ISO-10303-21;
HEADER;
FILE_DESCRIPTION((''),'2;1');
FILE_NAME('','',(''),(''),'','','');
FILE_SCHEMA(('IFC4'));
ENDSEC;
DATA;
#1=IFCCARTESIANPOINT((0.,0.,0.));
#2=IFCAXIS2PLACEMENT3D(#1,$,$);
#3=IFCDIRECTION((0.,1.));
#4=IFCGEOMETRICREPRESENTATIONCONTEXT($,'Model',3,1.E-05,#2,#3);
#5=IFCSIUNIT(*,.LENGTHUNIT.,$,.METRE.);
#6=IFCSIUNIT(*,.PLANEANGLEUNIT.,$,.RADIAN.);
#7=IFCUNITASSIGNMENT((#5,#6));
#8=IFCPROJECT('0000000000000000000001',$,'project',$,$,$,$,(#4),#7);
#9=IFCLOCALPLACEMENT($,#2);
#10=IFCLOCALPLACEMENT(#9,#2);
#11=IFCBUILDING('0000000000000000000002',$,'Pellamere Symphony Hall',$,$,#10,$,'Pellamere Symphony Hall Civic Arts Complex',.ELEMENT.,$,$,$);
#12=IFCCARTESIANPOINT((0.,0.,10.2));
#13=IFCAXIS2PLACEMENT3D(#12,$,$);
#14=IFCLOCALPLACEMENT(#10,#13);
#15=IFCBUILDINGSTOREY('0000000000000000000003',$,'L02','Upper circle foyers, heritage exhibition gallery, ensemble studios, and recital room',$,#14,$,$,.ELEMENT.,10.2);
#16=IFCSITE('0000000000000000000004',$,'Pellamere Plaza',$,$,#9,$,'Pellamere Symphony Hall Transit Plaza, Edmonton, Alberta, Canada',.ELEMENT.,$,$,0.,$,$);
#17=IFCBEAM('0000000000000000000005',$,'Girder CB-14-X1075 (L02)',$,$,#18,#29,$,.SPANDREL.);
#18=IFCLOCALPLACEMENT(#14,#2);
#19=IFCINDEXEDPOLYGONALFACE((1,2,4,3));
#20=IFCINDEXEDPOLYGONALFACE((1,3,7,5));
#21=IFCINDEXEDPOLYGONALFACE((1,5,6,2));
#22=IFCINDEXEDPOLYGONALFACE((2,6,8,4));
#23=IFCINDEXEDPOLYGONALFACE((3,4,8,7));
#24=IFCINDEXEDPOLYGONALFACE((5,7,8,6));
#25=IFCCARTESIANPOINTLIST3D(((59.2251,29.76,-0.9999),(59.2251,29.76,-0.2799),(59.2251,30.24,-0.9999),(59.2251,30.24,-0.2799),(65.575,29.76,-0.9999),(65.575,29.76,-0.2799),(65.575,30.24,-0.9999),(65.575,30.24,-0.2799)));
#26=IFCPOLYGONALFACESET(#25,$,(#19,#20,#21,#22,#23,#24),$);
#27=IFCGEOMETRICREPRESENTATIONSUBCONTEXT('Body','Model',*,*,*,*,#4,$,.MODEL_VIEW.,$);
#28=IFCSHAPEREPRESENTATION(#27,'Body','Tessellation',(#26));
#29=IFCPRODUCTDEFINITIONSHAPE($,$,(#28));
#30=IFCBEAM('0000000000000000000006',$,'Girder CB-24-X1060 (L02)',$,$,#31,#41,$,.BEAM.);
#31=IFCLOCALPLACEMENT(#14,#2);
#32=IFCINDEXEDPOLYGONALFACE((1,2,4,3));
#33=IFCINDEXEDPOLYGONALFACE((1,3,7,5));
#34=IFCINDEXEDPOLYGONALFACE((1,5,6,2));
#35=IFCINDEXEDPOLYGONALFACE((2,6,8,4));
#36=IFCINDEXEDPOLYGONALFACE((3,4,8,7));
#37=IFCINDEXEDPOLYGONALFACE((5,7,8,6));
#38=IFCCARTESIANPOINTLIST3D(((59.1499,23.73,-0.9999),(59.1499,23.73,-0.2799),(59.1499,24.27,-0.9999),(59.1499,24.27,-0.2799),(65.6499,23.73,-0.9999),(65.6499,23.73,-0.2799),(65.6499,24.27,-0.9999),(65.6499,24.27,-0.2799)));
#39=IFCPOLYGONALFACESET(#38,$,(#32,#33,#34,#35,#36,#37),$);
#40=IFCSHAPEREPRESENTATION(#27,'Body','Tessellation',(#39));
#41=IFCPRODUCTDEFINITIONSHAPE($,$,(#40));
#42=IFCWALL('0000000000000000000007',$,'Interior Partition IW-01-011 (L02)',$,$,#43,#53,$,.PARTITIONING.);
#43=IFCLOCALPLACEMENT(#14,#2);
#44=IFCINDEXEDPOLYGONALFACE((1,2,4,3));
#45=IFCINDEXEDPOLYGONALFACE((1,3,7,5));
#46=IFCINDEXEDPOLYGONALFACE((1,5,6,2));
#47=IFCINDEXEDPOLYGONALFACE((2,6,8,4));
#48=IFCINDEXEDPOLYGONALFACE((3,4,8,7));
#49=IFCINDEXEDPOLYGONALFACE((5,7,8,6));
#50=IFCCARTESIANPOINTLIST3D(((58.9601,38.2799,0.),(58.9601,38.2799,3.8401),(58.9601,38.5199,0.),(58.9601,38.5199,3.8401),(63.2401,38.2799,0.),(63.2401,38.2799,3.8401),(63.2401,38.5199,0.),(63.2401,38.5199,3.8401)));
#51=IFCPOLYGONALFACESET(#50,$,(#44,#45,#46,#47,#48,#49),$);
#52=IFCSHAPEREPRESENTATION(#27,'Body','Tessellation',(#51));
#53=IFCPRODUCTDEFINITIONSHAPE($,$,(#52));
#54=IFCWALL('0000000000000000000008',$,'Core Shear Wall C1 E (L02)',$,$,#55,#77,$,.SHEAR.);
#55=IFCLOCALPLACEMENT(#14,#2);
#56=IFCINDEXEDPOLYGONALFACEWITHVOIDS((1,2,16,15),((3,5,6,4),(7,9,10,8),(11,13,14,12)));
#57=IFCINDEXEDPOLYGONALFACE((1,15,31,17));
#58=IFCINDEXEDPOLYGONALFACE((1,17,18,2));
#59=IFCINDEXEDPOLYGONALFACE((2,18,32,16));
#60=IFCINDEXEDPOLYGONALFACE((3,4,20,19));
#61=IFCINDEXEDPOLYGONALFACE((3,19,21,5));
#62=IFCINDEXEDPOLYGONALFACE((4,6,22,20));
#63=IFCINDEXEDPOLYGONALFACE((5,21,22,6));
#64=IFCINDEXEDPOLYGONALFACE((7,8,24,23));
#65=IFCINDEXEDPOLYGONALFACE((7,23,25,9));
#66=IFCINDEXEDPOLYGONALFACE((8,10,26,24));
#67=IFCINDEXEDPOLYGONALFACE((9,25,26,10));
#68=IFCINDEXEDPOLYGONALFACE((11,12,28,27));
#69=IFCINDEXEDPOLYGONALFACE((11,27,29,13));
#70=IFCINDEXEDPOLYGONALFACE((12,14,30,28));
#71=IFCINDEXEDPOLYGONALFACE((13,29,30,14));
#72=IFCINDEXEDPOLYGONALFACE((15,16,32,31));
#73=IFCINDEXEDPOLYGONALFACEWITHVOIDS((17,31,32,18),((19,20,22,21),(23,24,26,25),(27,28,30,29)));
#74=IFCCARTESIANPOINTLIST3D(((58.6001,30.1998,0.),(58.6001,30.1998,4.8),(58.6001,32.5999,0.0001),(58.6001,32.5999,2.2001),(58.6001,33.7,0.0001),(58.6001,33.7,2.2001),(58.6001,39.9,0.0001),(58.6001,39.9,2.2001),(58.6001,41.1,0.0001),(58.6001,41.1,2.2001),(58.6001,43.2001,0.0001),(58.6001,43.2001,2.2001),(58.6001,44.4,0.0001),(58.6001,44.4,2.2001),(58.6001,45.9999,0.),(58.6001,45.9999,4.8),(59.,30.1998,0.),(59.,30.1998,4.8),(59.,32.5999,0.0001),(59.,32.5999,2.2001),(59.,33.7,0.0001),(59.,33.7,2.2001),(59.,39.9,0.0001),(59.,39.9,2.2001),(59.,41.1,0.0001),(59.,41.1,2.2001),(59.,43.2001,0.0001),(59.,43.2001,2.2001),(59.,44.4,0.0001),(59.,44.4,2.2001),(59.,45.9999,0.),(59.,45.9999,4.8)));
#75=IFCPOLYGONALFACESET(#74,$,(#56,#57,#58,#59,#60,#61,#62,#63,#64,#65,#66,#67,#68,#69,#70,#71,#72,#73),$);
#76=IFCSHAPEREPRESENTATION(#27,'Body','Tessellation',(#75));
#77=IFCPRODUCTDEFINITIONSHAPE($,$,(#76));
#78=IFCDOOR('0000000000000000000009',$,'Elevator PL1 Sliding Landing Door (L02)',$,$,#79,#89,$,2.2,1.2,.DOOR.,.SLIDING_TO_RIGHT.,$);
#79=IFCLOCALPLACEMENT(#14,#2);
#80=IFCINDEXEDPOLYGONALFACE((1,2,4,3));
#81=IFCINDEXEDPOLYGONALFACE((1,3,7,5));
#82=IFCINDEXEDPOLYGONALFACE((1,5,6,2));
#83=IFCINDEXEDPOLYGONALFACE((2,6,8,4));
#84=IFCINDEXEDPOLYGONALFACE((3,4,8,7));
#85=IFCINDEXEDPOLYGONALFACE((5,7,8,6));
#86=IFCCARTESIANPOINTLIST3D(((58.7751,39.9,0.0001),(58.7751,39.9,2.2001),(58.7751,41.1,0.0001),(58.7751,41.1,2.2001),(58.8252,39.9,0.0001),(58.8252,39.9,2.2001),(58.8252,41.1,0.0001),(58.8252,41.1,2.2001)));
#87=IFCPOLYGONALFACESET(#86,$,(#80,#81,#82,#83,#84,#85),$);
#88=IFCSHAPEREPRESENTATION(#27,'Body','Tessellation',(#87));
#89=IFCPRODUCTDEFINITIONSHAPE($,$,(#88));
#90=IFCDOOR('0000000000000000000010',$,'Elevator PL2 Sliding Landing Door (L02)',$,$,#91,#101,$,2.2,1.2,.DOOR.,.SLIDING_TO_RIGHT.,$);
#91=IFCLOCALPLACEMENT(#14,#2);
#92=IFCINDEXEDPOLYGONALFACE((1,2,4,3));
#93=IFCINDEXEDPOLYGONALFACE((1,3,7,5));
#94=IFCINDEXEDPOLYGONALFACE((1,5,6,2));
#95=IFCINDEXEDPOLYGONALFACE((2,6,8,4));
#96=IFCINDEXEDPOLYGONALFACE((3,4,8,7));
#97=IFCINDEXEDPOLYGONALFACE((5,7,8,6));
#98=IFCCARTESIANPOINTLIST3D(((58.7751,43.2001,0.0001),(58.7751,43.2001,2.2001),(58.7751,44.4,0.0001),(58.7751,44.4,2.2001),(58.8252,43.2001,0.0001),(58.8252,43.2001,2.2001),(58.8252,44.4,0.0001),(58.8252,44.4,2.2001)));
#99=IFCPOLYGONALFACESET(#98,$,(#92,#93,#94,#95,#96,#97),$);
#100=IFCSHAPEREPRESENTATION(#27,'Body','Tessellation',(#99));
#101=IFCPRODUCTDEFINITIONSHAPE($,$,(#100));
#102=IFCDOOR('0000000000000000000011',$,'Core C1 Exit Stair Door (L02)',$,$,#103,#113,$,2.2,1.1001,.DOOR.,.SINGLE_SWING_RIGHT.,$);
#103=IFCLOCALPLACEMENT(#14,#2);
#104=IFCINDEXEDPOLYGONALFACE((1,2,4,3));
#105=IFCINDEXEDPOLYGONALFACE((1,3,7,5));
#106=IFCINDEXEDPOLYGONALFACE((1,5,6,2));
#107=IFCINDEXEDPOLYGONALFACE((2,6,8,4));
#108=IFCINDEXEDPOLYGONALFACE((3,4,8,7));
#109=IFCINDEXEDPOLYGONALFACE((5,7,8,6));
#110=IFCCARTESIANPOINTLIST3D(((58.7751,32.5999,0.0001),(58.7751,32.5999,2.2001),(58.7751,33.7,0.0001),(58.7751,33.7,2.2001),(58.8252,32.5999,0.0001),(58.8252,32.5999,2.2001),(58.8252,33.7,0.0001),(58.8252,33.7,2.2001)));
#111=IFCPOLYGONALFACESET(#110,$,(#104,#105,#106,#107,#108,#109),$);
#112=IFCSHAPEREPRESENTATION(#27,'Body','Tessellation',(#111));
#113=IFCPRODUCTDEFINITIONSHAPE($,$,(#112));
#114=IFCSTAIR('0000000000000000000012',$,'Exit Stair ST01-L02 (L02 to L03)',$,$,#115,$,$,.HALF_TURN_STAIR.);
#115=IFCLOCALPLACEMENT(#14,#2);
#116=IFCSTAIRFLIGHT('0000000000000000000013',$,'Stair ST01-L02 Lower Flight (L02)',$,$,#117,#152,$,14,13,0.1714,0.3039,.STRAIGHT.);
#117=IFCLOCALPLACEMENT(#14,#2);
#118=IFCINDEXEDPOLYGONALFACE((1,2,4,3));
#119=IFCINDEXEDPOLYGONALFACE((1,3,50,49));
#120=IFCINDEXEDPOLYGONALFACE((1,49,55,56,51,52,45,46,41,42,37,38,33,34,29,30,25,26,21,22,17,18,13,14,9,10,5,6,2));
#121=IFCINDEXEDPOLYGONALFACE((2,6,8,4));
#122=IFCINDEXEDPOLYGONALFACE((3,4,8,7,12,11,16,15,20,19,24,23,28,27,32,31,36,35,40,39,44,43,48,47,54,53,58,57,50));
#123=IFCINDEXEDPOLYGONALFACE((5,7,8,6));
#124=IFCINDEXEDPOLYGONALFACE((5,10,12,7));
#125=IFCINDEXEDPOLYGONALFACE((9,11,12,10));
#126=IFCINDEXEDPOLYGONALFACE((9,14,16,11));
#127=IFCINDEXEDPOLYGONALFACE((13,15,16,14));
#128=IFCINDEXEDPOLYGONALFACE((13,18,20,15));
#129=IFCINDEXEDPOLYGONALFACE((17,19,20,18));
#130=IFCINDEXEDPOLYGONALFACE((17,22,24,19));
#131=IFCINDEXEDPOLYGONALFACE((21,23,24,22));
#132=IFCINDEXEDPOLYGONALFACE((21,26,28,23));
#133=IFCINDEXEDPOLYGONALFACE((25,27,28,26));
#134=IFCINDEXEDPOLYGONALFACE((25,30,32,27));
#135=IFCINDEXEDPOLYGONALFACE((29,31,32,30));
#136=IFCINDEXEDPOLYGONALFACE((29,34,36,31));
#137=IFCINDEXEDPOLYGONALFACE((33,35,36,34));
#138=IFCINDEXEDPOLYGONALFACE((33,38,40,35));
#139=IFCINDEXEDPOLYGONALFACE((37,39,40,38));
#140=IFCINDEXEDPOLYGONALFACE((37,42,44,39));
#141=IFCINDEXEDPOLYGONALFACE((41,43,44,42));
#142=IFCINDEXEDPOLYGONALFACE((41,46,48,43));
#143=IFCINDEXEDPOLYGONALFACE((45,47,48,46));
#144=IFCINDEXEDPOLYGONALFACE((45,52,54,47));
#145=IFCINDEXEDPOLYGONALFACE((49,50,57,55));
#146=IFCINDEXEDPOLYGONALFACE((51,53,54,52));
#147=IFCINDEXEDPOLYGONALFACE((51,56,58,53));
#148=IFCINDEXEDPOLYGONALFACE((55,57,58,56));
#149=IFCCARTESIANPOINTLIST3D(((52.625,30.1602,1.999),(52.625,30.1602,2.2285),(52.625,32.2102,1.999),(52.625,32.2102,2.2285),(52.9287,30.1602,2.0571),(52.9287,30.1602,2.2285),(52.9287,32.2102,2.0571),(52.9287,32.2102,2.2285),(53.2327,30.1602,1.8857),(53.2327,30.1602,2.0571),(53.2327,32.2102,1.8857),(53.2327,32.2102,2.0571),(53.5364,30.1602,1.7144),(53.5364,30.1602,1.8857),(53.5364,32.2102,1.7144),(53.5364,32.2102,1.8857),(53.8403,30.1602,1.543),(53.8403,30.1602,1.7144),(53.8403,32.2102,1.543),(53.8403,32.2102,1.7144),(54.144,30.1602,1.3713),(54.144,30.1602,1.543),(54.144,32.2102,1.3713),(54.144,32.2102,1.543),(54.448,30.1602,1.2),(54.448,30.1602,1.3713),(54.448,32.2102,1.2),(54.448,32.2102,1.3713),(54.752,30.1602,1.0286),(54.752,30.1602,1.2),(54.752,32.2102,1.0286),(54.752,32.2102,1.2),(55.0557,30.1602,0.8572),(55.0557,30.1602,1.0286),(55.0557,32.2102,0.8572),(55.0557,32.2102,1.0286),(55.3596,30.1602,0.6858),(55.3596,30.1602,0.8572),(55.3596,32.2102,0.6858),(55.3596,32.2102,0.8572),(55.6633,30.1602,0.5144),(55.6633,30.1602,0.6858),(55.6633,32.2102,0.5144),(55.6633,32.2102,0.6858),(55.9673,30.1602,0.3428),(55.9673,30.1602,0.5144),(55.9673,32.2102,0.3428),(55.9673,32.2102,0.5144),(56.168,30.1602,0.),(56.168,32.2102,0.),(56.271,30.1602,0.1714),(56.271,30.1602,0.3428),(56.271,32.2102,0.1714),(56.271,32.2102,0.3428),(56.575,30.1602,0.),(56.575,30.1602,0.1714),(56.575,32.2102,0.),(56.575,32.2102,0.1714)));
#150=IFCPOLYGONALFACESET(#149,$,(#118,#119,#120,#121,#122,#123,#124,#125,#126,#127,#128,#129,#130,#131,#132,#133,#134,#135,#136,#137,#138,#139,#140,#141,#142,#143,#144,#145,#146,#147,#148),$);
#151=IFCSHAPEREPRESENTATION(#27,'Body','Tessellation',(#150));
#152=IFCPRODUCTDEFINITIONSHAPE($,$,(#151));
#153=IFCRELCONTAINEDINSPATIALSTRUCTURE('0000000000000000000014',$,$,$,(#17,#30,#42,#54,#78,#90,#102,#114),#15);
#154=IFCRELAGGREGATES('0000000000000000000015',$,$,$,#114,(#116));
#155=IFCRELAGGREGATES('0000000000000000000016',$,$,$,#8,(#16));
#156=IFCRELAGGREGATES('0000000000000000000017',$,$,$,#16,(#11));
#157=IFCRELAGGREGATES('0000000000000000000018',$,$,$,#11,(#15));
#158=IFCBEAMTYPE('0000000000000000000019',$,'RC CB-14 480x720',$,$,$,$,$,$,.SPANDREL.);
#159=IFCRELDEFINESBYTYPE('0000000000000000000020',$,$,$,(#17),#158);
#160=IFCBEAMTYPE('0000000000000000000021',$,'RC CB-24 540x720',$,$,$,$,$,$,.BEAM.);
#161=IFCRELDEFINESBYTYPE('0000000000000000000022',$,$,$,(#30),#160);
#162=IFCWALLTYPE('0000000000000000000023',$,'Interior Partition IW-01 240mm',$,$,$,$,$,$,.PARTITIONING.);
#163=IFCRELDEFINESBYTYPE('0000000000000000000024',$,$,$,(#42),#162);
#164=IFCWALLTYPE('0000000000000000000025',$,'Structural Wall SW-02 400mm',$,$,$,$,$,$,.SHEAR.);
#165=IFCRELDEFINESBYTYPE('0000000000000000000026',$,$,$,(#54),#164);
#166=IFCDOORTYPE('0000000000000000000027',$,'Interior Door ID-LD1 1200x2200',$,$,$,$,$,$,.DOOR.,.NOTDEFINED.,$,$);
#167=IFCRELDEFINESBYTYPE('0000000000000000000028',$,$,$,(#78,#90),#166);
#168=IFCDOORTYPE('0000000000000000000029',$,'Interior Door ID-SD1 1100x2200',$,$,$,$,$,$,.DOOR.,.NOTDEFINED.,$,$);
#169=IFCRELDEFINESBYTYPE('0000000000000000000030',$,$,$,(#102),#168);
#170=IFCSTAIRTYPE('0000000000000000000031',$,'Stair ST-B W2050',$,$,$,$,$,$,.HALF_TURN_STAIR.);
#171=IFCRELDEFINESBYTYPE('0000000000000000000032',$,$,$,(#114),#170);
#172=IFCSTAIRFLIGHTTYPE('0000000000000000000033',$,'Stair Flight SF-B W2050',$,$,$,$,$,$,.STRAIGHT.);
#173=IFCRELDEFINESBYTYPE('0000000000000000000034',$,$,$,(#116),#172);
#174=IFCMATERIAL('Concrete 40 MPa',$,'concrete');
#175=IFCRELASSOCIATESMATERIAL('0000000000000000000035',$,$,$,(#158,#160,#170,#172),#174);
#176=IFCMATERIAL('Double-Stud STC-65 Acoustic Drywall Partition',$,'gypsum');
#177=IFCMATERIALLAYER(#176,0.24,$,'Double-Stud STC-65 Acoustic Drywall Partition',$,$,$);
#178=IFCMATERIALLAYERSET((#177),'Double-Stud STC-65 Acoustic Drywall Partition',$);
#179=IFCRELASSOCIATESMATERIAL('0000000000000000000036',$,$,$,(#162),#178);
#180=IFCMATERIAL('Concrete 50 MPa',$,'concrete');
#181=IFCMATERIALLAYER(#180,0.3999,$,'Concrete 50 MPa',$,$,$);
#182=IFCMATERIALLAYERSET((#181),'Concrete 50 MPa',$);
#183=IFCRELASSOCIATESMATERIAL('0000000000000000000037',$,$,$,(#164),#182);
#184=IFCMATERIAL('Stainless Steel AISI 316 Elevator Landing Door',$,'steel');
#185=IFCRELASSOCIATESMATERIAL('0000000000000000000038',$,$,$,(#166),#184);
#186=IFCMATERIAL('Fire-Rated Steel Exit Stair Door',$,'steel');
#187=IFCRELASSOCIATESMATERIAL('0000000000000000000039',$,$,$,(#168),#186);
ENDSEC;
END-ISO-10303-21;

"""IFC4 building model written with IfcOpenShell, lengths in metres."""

from ifc_helpers import new_model, si_unit, direction, frame, frame_2d, origin, origin_2d, place, context, subcontext, project, spatial, polyline, rectangle, outline, extrude, material, layer, layer_set, material_profile, profile_set, type_object, element, fill, aggregate, save


model = new_model("IFC4")

# Units and contexts
model_context = context("Model", 3, precision=1e-05, world=origin(), true_north=direction((0.0, 1.0)))
body_context = subcontext(model_context, "Body", "Model", "MODEL_VIEW")
ifc_project = project(units=[si_unit("LENGTHUNIT", "METRE"), si_unit("PLANEANGLEUNIT", "RADIAN")], contexts=[model_context])

# Site, building, storey
site_placement = place(None, origin())
site = spatial("IfcSite", under=ifc_project, at=site_placement, Name="Pellamere Plaza", LongName="Pellamere Symphony Hall Transit Plaza, Edmonton, Alberta, Canada", CompositionType="ELEMENT", RefElevation=0.0)
building_placement = place(site_placement, origin())
building = spatial("IfcBuilding", under=site, at=building_placement, Name="Pellamere Symphony Hall", LongName="Pellamere Symphony Hall Civic Arts Complex", CompositionType="ELEMENT")
storey_placement = place(building_placement, frame((0.0, 0.0, 10.2)))
storey = spatial("IfcBuildingStorey", under=building, at=storey_placement, Name="L02", Description="Upper circle foyers, heritage exhibition gallery, ensemble studios, and recital room", CompositionType="ELEMENT", Elevation=10.2)

# Shared definitions
ifc_material_1 = material(Name="Concrete 40 MPa", Category="concrete")

# Beams
ifc_material_profile_1 = material_profile(ifc_material_1, rectangle(XDim=0.48, YDim=0.72, at=origin_2d()), Name="RC 480x720")
ifc_profile_set_1 = profile_set([ifc_material_profile_1], Name="Concrete 40 MPa")
beam_type_1 = type_object("IfcBeamType", Name="RC CB-14 480x720", PredefinedType="SPANDREL", material=ifc_profile_set_1)
beam_1_placement = place(storey_placement, frame((59.2251, 30.0, -0.6399), z_axis=(1.0, 0.0, 0.0), x_axis=(0.0, 1.0, 0.0)))
element("IfcBeam", 1, at=beam_1_placement, inside=storey, type_object=beam_type_1, Name="Girder CB-14-X1075 (L02)", PredefinedType="SPANDREL", context=body_context, shape_type="SweptSolid", body=[
    extrude(rectangle(XDim=0.48, YDim=0.72, at=origin_2d()), origin(), (0.0, 0.0, 1.0), 6.3499),
])
ifc_material_profile_2 = material_profile(ifc_material_1, rectangle(XDim=0.54, YDim=0.72, at=origin_2d()), Name="RC 540x720")
ifc_profile_set_2 = profile_set([ifc_material_profile_2], Name="Concrete 40 MPa")
beam_type_2 = type_object("IfcBeamType", Name="RC CB-24 540x720", PredefinedType="BEAM", material=ifc_profile_set_2)
beam_2_placement = place(storey_placement, frame((59.1499, 24.0, -0.6399), z_axis=(1.0, 0.0, 0.0), x_axis=(0.0, 1.0, 0.0)))
element("IfcBeam", 2, at=beam_2_placement, inside=storey, type_object=beam_type_2, Name="Girder CB-24-X1060 (L02)", PredefinedType="BEAM", context=body_context, shape_type="SweptSolid", body=[
    extrude(rectangle(XDim=0.54, YDim=0.72, at=origin_2d()), origin(), (0.0, 0.0, 1.0), 6.5),
])

# Wall
ifc_material_2 = material(Name="Double-Stud STC-65 Acoustic Drywall Partition", Category="gypsum")
ifc_layer_1 = layer(ifc_material_2, 0.24, Name="Double-Stud STC-65 Acoustic Drywall Partition")
ifc_layer_set_1 = layer_set([ifc_layer_1], Name="Double-Stud STC-65 Acoustic Drywall Partition")
wall_type_1 = type_object("IfcWallType", Name="Interior Partition IW-01 240mm", PredefinedType="PARTITIONING", material=ifc_layer_set_1)
wall_1_placement = place(storey_placement, frame((58.96, 38.3999, 0.0), z_axis=(0.0, 0.0, 1.0), x_axis=(1.0, 0.0, 0.0)))
element("IfcWall", 3, at=wall_1_placement, inside=storey, type_object=wall_type_1, Name="Interior Partition IW-01-011 (L02)", PredefinedType="PARTITIONING", context=body_context, shape_type="SweptSolid", body=[
    extrude(rectangle(XDim=4.28, YDim=0.24, at=frame_2d((2.1401, 0.0))), origin(), (0.0, 0.0, 1.0), 3.8401),
])

# Wall, openings, doors
ifc_material_3 = material(Name="Concrete 50 MPa", Category="concrete")
ifc_layer_2 = layer(ifc_material_3, 0.3999, Name="Concrete 50 MPa")
ifc_layer_set_2 = layer_set([ifc_layer_2], Name="Concrete 50 MPa")
wall_type_2 = type_object("IfcWallType", Name="Structural Wall SW-02 400mm", PredefinedType="SHEAR", material=ifc_layer_set_2)
wall_2_placement = place(storey_placement, frame((58.8, 30.2, 0.0), z_axis=(0.0, 0.0, 1.0), x_axis=(0.0, 1.0, 0.0)))
wall_2 = element("IfcWall", 4, at=wall_2_placement, inside=storey, type_object=wall_type_2, Name="Core Shear Wall C1 E (L02)", PredefinedType="SHEAR", context=body_context, shape_type="SweptSolid", body=[
    extrude(rectangle(XDim=15.8, YDim=0.3999, at=frame_2d((7.8999, 0.0))), origin(), (0.0, 0.0, 1.0), 4.8),
])
opening_1_placement = place(wall_2_placement, frame((9.7, 0.0, 0.0)))
opening_1 = element("IfcOpeningElement", 5, at=opening_1_placement, cuts=wall_2, PredefinedType="OPENING", context=body_context, shape_type="SweptSolid", body=[
    extrude(rectangle(XDim=1.2, YDim=2.2, at=frame_2d((0.6001, 1.1001))), frame((0.0, 0.21, 0.0), z_axis=(0.0, -1.0, 0.0), x_axis=(1.0, 0.0, 0.0)), (0.0, 0.0, 1.0), 0.4199),
])
opening_2_placement = place(wall_2_placement, frame((13.0, 0.0, 0.0)))
opening_2 = element("IfcOpeningElement", 6, at=opening_2_placement, cuts=wall_2, PredefinedType="OPENING", context=body_context, shape_type="SweptSolid", body=[
    extrude(rectangle(XDim=1.2, YDim=2.2, at=frame_2d((0.6001, 1.1001))), frame((0.0, 0.21, 0.0), z_axis=(0.0, -1.0, 0.0), x_axis=(1.0, 0.0, 0.0)), (0.0, 0.0, 1.0), 0.4199),
])
opening_3_placement = place(wall_2_placement, frame((2.3999, 0.0, 0.0)))
opening_3 = element("IfcOpeningElement", 7, at=opening_3_placement, cuts=wall_2, PredefinedType="OPENING", context=body_context, shape_type="SweptSolid", body=[
    extrude(rectangle(XDim=1.1001, YDim=2.2, at=frame_2d((0.55, 1.1001))), frame((0.0, 0.21, 0.0), z_axis=(0.0, -1.0, 0.0), x_axis=(1.0, 0.0, 0.0)), (0.0, 0.0, 1.0), 0.4199),
])
ifc_material_4 = material(Name="Stainless Steel AISI 316 Elevator Landing Door", Category="steel")
door_type_1 = type_object("IfcDoorType", Name="Interior Door ID-LD1 1200x2200", OperationType="NOTDEFINED", PredefinedType="DOOR", material=ifc_material_4)
door_1_placement = place(opening_1_placement, origin())
door_1 = element("IfcDoor", 8, at=door_1_placement, inside=storey, type_object=door_type_1, Name="Elevator PL1 Sliding Landing Door (L02)", OperationType="SLIDING_TO_RIGHT", OverallHeight=2.2, OverallWidth=1.2, PredefinedType="DOOR", context=body_context, shape_type="SweptSolid", body=[
    extrude(rectangle(XDim=1.2, YDim=2.2, at=frame_2d((0.6001, 1.1001))), frame((0.0, 0.0249, 0.0), z_axis=(0.0, -1.0, 0.0), x_axis=(1.0, 0.0, 0.0)), (0.0, 0.0, 1.0), 0.05),
])
fill(opening_1, door_1)
door_2_placement = place(opening_2_placement, origin())
door_2 = element("IfcDoor", 9, at=door_2_placement, inside=storey, type_object=door_type_1, Name="Elevator PL2 Sliding Landing Door (L02)", OperationType="SLIDING_TO_RIGHT", OverallHeight=2.2, OverallWidth=1.2, PredefinedType="DOOR", context=body_context, shape_type="SweptSolid", body=[
    extrude(rectangle(XDim=1.2, YDim=2.2, at=frame_2d((0.6001, 1.1001))), frame((0.0, 0.0249, 0.0), z_axis=(0.0, -1.0, 0.0), x_axis=(1.0, 0.0, 0.0)), (0.0, 0.0, 1.0), 0.05),
])
fill(opening_2, door_2)
ifc_material_5 = material(Name="Fire-Rated Steel Exit Stair Door", Category="steel")
door_type_2 = type_object("IfcDoorType", Name="Interior Door ID-SD1 1100x2200", OperationType="NOTDEFINED", PredefinedType="DOOR", material=ifc_material_5)
door_3_placement = place(opening_3_placement, origin())
door_3 = element("IfcDoor", 10, at=door_3_placement, inside=storey, type_object=door_type_2, Name="Core C1 Exit Stair Door (L02)", OperationType="SINGLE_SWING_RIGHT", OverallHeight=2.2, OverallWidth=1.1001, PredefinedType="DOOR", context=body_context, shape_type="SweptSolid", body=[
    extrude(rectangle(XDim=1.1001, YDim=2.2, at=frame_2d((0.55, 1.1001))), frame((0.0, 0.0249, 0.0), z_axis=(0.0, -1.0, 0.0), x_axis=(1.0, 0.0, 0.0)), (0.0, 0.0, 1.0), 0.05),
])
fill(opening_3, door_3)

# Stair, stair flight
stair_type = type_object("IfcStairType", Name="Stair ST-B W2050", PredefinedType="HALF_TURN_STAIR", material=ifc_material_1)
stair_placement = place(storey_placement, origin())
stair = element("IfcStair", 11, at=stair_placement, inside=storey, type_object=stair_type, Name="Exit Stair ST01-L02 (L02 to L03)", PredefinedType="HALF_TURN_STAIR")
stair_flight_type = type_object("IfcStairFlightType", Name="Stair Flight SF-B W2050", PredefinedType="STRAIGHT", material=ifc_material_1)
stair_flight_placement = place(storey_placement, frame((56.575, 31.1851, 0.0), z_axis=(0.0, 0.0, 1.0), x_axis=(-1.0, 0.0, 0.0)))
stair_flight = element("IfcStairFlight", 12, at=stair_flight_placement, type_object=stair_flight_type, Name="Stair ST01-L02 Lower Flight (L02)", NumberOfRisers=14, NumberOfTreads=13, PredefinedType="STRAIGHT", RiserHeight=0.1714, TreadLength=0.3039, context=body_context, shape_type="SweptSolid", body=[
    extrude(outline(polyline([(0.0, 0.0), (0.0, 0.1714), (0.304, 0.1714), (0.304, 0.3428), (0.6077, 0.3428), (0.6077, 0.5144), (0.9116, 0.5144), (0.9116, 0.6858), (1.2153, 0.6858), (1.2153, 0.8572), (1.5193, 0.8572), (1.5193, 1.0286), (1.823, 1.0286), (1.823, 1.2), (2.127, 1.2), (2.127, 1.3713), (2.4309, 1.3713), (2.4309, 1.543), (2.7346, 1.543), (2.7346, 1.7144), (3.0386, 1.7144), (3.0386, 1.8857), (3.3423, 1.8857), (3.3423, 2.0571), (3.6462, 2.0571), (3.6462, 2.2285), (3.95, 2.2285), (3.95, 2.3999), (3.95, 1.999), (0.407, 0.0), (0.0, 0.0)])), frame((0.0, 1.0249, 0.0), z_axis=(0.0, -1.0, 0.0), x_axis=(1.0, 0.0, 0.0)), (0.0, 0.0, 1.0), 2.05),
])
aggregate(stair, [stair_flight])

save(model, "model.ifc")
